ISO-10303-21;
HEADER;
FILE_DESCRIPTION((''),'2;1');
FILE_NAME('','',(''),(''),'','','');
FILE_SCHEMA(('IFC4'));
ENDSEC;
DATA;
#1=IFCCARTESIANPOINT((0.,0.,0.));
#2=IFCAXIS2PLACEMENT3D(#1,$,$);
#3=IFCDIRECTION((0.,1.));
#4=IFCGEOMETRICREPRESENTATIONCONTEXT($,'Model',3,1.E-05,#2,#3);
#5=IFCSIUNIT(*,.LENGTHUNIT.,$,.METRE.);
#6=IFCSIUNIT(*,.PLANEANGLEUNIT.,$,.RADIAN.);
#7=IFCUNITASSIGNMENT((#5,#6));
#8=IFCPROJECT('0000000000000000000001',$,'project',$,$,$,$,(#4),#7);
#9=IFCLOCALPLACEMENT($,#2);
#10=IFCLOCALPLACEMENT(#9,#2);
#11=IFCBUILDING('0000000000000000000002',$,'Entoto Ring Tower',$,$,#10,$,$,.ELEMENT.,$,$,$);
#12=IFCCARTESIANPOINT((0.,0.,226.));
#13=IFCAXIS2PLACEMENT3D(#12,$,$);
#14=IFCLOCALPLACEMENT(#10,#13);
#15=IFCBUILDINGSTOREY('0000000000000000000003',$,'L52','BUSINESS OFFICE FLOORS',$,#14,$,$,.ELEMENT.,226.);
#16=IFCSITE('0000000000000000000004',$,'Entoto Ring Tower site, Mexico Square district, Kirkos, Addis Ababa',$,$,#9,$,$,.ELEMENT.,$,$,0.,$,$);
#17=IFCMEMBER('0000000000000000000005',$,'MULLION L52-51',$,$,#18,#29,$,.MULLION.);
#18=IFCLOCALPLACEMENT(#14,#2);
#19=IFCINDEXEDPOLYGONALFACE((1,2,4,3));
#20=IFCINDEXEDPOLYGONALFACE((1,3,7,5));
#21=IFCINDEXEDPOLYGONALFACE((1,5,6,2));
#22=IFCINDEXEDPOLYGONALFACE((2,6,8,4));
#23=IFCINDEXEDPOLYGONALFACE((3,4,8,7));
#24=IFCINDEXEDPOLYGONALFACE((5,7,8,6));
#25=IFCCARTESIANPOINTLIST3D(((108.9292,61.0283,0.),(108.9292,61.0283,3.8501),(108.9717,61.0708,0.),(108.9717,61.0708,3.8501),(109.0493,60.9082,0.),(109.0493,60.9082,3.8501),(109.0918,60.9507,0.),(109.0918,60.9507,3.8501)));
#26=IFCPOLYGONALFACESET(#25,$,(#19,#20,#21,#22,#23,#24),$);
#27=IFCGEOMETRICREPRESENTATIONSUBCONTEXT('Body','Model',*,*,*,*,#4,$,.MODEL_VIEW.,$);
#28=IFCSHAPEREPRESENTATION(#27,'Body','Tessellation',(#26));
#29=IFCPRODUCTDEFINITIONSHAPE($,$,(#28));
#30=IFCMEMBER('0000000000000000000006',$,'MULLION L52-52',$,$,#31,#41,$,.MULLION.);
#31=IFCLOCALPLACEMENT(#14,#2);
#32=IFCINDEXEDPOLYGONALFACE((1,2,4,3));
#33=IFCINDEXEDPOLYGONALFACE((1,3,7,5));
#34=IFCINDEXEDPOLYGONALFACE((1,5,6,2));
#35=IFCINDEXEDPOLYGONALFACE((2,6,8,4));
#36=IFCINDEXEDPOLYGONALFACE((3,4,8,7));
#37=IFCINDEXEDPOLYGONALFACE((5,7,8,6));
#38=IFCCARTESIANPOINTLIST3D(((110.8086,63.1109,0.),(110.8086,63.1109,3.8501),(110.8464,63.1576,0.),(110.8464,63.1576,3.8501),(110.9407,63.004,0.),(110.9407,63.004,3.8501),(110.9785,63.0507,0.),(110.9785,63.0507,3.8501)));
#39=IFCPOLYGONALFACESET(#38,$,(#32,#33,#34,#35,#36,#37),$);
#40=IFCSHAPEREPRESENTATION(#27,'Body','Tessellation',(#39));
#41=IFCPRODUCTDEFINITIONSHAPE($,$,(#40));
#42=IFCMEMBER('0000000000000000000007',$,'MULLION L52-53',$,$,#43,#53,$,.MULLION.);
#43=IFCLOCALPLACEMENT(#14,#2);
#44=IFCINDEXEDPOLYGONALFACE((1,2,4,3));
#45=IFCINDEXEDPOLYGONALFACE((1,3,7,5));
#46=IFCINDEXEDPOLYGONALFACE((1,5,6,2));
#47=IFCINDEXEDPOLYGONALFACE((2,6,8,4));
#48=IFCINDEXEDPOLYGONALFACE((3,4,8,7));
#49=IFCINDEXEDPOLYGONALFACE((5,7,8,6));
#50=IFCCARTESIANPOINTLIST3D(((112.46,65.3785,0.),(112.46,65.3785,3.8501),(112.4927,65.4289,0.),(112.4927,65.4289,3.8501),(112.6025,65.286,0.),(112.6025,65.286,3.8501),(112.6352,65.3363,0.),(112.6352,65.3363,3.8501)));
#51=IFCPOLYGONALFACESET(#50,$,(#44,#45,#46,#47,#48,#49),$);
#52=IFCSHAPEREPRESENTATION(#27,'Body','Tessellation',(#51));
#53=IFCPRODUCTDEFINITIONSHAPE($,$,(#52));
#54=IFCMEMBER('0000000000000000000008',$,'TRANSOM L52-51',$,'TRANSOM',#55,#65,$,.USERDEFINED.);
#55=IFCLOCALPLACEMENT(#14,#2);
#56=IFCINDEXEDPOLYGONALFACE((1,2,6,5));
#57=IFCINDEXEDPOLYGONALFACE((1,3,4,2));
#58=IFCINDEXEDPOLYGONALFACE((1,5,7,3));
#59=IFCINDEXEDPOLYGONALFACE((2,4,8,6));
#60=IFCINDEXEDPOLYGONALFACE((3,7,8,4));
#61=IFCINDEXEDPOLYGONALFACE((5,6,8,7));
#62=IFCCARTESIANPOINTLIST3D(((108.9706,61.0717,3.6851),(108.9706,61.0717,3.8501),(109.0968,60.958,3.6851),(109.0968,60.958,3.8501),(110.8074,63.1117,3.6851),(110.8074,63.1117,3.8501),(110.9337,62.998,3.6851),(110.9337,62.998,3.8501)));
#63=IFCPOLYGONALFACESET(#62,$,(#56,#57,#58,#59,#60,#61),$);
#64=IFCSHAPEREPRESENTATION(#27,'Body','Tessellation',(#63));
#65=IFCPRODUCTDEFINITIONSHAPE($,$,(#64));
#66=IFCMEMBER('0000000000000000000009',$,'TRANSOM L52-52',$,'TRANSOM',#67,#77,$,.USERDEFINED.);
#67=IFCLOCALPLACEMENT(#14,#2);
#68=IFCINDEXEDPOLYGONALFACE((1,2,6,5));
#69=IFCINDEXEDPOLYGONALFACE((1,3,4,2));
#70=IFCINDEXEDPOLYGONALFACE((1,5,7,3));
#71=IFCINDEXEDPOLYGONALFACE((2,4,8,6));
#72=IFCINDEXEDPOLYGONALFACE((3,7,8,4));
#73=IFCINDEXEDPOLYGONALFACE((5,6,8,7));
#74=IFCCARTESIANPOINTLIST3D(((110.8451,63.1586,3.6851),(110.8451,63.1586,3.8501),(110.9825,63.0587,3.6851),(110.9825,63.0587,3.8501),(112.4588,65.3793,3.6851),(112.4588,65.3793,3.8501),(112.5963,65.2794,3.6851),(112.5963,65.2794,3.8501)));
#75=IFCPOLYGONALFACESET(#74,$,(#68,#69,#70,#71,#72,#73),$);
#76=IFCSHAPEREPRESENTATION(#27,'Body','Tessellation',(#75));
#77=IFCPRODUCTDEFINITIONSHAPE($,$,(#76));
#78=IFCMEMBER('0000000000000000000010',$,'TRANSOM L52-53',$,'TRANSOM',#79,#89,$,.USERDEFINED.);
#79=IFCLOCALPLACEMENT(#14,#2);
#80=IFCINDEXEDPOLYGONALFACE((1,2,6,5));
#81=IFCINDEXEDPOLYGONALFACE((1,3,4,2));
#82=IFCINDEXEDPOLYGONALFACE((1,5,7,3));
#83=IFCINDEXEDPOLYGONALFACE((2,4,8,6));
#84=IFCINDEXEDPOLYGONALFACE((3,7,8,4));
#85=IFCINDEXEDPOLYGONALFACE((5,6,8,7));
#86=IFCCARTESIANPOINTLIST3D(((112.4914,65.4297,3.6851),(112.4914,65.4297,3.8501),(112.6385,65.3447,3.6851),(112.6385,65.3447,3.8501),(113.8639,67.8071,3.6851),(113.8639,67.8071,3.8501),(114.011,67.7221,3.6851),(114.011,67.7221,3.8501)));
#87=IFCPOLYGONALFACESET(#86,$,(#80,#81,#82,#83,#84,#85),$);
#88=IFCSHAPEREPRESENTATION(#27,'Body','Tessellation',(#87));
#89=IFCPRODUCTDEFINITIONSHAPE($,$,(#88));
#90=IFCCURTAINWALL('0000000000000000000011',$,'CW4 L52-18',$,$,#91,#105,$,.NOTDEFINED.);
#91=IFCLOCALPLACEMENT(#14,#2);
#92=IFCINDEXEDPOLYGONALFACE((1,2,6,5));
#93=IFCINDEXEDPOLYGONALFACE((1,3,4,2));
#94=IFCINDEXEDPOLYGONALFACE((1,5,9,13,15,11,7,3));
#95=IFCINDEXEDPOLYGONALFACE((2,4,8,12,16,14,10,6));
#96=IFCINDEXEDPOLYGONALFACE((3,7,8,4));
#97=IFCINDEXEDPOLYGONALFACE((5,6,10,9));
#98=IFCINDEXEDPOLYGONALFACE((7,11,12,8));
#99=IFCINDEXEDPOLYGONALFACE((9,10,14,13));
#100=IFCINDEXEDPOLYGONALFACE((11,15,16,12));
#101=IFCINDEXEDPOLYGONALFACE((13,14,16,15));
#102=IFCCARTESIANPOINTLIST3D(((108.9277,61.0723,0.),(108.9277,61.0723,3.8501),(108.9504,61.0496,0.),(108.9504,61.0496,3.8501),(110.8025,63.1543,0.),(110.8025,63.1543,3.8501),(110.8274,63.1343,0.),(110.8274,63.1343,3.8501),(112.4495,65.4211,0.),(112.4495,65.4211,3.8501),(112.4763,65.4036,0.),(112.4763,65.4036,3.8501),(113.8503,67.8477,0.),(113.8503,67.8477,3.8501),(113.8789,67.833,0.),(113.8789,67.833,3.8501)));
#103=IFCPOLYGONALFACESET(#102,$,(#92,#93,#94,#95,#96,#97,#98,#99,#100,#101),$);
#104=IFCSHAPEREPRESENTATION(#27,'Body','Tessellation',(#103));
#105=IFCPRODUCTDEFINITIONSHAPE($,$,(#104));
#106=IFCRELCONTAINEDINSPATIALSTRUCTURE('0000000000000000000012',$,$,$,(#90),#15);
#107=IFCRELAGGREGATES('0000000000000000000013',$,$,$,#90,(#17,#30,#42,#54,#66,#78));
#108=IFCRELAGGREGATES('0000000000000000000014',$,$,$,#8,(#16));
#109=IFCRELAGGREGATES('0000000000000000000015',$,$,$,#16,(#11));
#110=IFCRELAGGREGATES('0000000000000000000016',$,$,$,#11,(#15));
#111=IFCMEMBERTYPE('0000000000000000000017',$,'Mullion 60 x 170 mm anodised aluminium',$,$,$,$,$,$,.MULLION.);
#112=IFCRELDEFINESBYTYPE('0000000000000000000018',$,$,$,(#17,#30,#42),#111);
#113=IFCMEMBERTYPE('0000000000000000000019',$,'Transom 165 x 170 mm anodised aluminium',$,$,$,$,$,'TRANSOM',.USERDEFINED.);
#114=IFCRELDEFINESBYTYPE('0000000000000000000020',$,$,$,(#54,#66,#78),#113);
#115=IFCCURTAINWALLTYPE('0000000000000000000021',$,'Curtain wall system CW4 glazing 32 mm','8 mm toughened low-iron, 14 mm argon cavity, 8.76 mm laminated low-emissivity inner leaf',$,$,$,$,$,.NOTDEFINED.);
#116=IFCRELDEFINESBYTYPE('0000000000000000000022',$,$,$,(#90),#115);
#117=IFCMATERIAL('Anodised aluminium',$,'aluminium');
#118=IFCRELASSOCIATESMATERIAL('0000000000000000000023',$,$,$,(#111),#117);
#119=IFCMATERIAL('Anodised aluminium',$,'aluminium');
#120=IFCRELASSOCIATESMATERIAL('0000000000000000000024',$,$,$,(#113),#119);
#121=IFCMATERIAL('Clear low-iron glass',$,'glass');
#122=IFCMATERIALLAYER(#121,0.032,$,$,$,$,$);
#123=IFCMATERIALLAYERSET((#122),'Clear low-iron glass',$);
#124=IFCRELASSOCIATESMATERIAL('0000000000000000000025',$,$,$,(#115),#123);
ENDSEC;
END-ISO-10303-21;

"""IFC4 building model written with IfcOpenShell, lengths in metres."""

from ifc_helpers import new_model, si_unit, direction, frame, origin, origin_2d, place, context, subcontext, project, spatial, polyline, rectangle, outline, extrude, material, layer, layer_set, material_profile, profile_set, type_object, element, aggregate, save


model = new_model("IFC4")

# Units and contexts
model_context = context("Model", 3, precision=1e-05, world=origin(), true_north=direction((0.0, 1.0)))
body_context = subcontext(model_context, "Body", "Model", "MODEL_VIEW")
ifc_project = project(units=[si_unit("LENGTHUNIT", "METRE"), si_unit("PLANEANGLEUNIT", "RADIAN")], contexts=[model_context])

# Members
ifc_material_1 = material(Name="Anodised aluminium", Category="aluminium")
ifc_material_profile_1 = material_profile(ifc_material_1, rectangle(XDim=0.0601, YDim=0.1699, at=origin_2d()), Name="Mullion 60 x 170 mm anodised aluminium")
ifc_profile_set_1 = profile_set([ifc_material_profile_1], Name="Anodised aluminium")
member_type_1 = type_object("IfcMemberType", Name="Mullion 60 x 170 mm anodised aluminium", PredefinedType="MULLION", material=ifc_profile_set_1)
site_placement = place(None, origin())
building_placement = place(site_placement, origin())
storey_placement = place(building_placement, frame((0.0, 0.0, 226.0)))
member_1_placement = place(storey_placement, frame((109.0105, 60.9895, 0.0), z_axis=(0.0, 0.0, 1.0), x_axis=(0.707107, 0.707107, 0.0)))
member_1 = element("IfcMember", 1, at=member_1_placement, type_object=member_type_1, Name="MULLION L52-51", PredefinedType="MULLION", context=body_context, shape_type="SweptSolid", body=[
    extrude(rectangle(XDim=0.0601, YDim=0.1699, at=origin_2d()), origin(), (0.0, 0.0, 1.0), 3.8501),
])
member_2_placement = place(storey_placement, frame((110.8936, 63.0808, 0.0), z_axis=(0.0, 0.0, 1.0), x_axis=(0.62932, 0.777146, 0.0)))
member_2 = element("IfcMember", 2, at=member_2_placement, type_object=member_type_1, Name="MULLION L52-52", PredefinedType="MULLION", context=body_context, shape_type="SweptSolid", body=[
    extrude(rectangle(XDim=0.0601, YDim=0.1699, at=origin_2d()), origin(), (0.0, 0.0, 1.0), 3.8501),
])
member_3_placement = place(storey_placement, frame((112.5476, 65.3574, 0.0), z_axis=(0.0, 0.0, 1.0), x_axis=(0.544639, 0.838671, 0.0)))
member_3 = element("IfcMember", 3, at=member_3_placement, type_object=member_type_1, Name="MULLION L52-53", PredefinedType="MULLION", context=body_context, shape_type="SweptSolid", body=[
    extrude(rectangle(XDim=0.0601, YDim=0.1699, at=origin_2d()), origin(), (0.0, 0.0, 1.0), 3.8501),
])
ifc_material_2 = material(Name="Anodised aluminium", Category="aluminium")
ifc_material_profile_2 = material_profile(ifc_material_2, rectangle(XDim=0.1699, YDim=0.165, at=origin_2d()), Name="Transom 165 x 170 mm anodised aluminium")
ifc_profile_set_2 = profile_set([ifc_material_profile_2], Name="Anodised aluminium")
member_type_2 = type_object("IfcMemberType", Name="Transom 165 x 170 mm anodised aluminium", ElementType="TRANSOM", PredefinedType="USERDEFINED", material=ifc_profile_set_2)
member_4_placement = place(storey_placement, frame((109.0337, 61.0149, 3.7676), z_axis=(0.669142, 0.743135, 0.0), x_axis=(-0.743135, 0.669142, 0.0)))
member_4 = element("IfcMember", 4, at=member_4_placement, type_object=member_type_2, Name="TRANSOM L52-51", ObjectType="TRANSOM", PredefinedType="USERDEFINED", context=body_context, shape_type="SweptSolid", body=[
    extrude(rectangle(XDim=0.1699, YDim=0.165, at=origin_2d()), origin(), (0.0, 0.0, 1.0), 2.7451),
])
member_5_placement = place(storey_placement, frame((110.9138, 63.1086, 3.7676), z_axis=(0.587865, 0.808959, 0.0), x_axis=(-0.808959, 0.587865, 0.0)))
member_5 = element("IfcMember", 5, at=member_5_placement, type_object=member_type_2, Name="TRANSOM L52-52", ObjectType="TRANSOM", PredefinedType="USERDEFINED", context=body_context, shape_type="SweptSolid", body=[
    extrude(rectangle(XDim=0.1699, YDim=0.165, at=origin_2d()), origin(), (0.0, 0.0, 1.0), 2.7451),
])
member_6_placement = place(storey_placement, frame((112.5649, 65.3872, 3.7676), z_axis=(0.499984, 0.866035, 0.0), x_axis=(-0.866035, 0.499984, 0.0)))
member_6 = element("IfcMember", 6, at=member_6_placement, type_object=member_type_2, Name="TRANSOM L52-53", ObjectType="TRANSOM", PredefinedType="USERDEFINED", context=body_context, shape_type="SweptSolid", body=[
    extrude(rectangle(XDim=0.1699, YDim=0.165, at=origin_2d()), origin(), (0.0, 0.0, 1.0), 2.7451),
])

# Site, building, storey
site = spatial("IfcSite", under=ifc_project, at=site_placement, Name="Entoto Ring Tower site, Mexico Square district, Kirkos, Addis Ababa", CompositionType="ELEMENT", RefElevation=0.0)
building = spatial("IfcBuilding", under=site, at=building_placement, Name="Entoto Ring Tower", CompositionType="ELEMENT")
storey = spatial("IfcBuildingStorey", under=building, at=storey_placement, Name="L52", Description="BUSINESS OFFICE FLOORS", CompositionType="ELEMENT", Elevation=226.0)

# Curtain wall
ifc_material_3 = material(Name="Clear low-iron glass", Category="glass")
ifc_layer_1 = layer(ifc_material_3, 0.032)
ifc_layer_set_1 = layer_set([ifc_layer_1], Name="Clear low-iron glass")
curtain_wall_type = type_object("IfcCurtainWallType", Name="Curtain wall system CW4 glazing 32 mm", Description="8 mm toughened low-iron, 14 mm argon cavity, 8.76 mm laminated low-emissivity inner leaf", PredefinedType="NOTDEFINED", material=ifc_layer_set_1)
curtain_wall_1_placement = place(storey_placement, origin())
curtain_wall_1 = element("IfcCurtainWall", 7, at=curtain_wall_1_placement, inside=storey, type_object=curtain_wall_type, Name="CW4 L52-18", PredefinedType="NOTDEFINED", context=body_context, shape_type="SweptSolid", body=[
    extrude(outline(polyline([(108.9504, 61.0496), (110.8274, 63.1343), (112.4763, 65.4036), (113.8789, 67.833), (113.8503, 67.8477), (112.4495, 65.4211), (110.8025, 63.1543), (108.9277, 61.0723), (108.9504, 61.0496)])), origin(), (0.0, 0.0, 1.0), 3.8501),
])
aggregate(curtain_wall_1, [member_1, member_2, member_3, member_4, member_5, member_6])

save(model, "model.ifc")
